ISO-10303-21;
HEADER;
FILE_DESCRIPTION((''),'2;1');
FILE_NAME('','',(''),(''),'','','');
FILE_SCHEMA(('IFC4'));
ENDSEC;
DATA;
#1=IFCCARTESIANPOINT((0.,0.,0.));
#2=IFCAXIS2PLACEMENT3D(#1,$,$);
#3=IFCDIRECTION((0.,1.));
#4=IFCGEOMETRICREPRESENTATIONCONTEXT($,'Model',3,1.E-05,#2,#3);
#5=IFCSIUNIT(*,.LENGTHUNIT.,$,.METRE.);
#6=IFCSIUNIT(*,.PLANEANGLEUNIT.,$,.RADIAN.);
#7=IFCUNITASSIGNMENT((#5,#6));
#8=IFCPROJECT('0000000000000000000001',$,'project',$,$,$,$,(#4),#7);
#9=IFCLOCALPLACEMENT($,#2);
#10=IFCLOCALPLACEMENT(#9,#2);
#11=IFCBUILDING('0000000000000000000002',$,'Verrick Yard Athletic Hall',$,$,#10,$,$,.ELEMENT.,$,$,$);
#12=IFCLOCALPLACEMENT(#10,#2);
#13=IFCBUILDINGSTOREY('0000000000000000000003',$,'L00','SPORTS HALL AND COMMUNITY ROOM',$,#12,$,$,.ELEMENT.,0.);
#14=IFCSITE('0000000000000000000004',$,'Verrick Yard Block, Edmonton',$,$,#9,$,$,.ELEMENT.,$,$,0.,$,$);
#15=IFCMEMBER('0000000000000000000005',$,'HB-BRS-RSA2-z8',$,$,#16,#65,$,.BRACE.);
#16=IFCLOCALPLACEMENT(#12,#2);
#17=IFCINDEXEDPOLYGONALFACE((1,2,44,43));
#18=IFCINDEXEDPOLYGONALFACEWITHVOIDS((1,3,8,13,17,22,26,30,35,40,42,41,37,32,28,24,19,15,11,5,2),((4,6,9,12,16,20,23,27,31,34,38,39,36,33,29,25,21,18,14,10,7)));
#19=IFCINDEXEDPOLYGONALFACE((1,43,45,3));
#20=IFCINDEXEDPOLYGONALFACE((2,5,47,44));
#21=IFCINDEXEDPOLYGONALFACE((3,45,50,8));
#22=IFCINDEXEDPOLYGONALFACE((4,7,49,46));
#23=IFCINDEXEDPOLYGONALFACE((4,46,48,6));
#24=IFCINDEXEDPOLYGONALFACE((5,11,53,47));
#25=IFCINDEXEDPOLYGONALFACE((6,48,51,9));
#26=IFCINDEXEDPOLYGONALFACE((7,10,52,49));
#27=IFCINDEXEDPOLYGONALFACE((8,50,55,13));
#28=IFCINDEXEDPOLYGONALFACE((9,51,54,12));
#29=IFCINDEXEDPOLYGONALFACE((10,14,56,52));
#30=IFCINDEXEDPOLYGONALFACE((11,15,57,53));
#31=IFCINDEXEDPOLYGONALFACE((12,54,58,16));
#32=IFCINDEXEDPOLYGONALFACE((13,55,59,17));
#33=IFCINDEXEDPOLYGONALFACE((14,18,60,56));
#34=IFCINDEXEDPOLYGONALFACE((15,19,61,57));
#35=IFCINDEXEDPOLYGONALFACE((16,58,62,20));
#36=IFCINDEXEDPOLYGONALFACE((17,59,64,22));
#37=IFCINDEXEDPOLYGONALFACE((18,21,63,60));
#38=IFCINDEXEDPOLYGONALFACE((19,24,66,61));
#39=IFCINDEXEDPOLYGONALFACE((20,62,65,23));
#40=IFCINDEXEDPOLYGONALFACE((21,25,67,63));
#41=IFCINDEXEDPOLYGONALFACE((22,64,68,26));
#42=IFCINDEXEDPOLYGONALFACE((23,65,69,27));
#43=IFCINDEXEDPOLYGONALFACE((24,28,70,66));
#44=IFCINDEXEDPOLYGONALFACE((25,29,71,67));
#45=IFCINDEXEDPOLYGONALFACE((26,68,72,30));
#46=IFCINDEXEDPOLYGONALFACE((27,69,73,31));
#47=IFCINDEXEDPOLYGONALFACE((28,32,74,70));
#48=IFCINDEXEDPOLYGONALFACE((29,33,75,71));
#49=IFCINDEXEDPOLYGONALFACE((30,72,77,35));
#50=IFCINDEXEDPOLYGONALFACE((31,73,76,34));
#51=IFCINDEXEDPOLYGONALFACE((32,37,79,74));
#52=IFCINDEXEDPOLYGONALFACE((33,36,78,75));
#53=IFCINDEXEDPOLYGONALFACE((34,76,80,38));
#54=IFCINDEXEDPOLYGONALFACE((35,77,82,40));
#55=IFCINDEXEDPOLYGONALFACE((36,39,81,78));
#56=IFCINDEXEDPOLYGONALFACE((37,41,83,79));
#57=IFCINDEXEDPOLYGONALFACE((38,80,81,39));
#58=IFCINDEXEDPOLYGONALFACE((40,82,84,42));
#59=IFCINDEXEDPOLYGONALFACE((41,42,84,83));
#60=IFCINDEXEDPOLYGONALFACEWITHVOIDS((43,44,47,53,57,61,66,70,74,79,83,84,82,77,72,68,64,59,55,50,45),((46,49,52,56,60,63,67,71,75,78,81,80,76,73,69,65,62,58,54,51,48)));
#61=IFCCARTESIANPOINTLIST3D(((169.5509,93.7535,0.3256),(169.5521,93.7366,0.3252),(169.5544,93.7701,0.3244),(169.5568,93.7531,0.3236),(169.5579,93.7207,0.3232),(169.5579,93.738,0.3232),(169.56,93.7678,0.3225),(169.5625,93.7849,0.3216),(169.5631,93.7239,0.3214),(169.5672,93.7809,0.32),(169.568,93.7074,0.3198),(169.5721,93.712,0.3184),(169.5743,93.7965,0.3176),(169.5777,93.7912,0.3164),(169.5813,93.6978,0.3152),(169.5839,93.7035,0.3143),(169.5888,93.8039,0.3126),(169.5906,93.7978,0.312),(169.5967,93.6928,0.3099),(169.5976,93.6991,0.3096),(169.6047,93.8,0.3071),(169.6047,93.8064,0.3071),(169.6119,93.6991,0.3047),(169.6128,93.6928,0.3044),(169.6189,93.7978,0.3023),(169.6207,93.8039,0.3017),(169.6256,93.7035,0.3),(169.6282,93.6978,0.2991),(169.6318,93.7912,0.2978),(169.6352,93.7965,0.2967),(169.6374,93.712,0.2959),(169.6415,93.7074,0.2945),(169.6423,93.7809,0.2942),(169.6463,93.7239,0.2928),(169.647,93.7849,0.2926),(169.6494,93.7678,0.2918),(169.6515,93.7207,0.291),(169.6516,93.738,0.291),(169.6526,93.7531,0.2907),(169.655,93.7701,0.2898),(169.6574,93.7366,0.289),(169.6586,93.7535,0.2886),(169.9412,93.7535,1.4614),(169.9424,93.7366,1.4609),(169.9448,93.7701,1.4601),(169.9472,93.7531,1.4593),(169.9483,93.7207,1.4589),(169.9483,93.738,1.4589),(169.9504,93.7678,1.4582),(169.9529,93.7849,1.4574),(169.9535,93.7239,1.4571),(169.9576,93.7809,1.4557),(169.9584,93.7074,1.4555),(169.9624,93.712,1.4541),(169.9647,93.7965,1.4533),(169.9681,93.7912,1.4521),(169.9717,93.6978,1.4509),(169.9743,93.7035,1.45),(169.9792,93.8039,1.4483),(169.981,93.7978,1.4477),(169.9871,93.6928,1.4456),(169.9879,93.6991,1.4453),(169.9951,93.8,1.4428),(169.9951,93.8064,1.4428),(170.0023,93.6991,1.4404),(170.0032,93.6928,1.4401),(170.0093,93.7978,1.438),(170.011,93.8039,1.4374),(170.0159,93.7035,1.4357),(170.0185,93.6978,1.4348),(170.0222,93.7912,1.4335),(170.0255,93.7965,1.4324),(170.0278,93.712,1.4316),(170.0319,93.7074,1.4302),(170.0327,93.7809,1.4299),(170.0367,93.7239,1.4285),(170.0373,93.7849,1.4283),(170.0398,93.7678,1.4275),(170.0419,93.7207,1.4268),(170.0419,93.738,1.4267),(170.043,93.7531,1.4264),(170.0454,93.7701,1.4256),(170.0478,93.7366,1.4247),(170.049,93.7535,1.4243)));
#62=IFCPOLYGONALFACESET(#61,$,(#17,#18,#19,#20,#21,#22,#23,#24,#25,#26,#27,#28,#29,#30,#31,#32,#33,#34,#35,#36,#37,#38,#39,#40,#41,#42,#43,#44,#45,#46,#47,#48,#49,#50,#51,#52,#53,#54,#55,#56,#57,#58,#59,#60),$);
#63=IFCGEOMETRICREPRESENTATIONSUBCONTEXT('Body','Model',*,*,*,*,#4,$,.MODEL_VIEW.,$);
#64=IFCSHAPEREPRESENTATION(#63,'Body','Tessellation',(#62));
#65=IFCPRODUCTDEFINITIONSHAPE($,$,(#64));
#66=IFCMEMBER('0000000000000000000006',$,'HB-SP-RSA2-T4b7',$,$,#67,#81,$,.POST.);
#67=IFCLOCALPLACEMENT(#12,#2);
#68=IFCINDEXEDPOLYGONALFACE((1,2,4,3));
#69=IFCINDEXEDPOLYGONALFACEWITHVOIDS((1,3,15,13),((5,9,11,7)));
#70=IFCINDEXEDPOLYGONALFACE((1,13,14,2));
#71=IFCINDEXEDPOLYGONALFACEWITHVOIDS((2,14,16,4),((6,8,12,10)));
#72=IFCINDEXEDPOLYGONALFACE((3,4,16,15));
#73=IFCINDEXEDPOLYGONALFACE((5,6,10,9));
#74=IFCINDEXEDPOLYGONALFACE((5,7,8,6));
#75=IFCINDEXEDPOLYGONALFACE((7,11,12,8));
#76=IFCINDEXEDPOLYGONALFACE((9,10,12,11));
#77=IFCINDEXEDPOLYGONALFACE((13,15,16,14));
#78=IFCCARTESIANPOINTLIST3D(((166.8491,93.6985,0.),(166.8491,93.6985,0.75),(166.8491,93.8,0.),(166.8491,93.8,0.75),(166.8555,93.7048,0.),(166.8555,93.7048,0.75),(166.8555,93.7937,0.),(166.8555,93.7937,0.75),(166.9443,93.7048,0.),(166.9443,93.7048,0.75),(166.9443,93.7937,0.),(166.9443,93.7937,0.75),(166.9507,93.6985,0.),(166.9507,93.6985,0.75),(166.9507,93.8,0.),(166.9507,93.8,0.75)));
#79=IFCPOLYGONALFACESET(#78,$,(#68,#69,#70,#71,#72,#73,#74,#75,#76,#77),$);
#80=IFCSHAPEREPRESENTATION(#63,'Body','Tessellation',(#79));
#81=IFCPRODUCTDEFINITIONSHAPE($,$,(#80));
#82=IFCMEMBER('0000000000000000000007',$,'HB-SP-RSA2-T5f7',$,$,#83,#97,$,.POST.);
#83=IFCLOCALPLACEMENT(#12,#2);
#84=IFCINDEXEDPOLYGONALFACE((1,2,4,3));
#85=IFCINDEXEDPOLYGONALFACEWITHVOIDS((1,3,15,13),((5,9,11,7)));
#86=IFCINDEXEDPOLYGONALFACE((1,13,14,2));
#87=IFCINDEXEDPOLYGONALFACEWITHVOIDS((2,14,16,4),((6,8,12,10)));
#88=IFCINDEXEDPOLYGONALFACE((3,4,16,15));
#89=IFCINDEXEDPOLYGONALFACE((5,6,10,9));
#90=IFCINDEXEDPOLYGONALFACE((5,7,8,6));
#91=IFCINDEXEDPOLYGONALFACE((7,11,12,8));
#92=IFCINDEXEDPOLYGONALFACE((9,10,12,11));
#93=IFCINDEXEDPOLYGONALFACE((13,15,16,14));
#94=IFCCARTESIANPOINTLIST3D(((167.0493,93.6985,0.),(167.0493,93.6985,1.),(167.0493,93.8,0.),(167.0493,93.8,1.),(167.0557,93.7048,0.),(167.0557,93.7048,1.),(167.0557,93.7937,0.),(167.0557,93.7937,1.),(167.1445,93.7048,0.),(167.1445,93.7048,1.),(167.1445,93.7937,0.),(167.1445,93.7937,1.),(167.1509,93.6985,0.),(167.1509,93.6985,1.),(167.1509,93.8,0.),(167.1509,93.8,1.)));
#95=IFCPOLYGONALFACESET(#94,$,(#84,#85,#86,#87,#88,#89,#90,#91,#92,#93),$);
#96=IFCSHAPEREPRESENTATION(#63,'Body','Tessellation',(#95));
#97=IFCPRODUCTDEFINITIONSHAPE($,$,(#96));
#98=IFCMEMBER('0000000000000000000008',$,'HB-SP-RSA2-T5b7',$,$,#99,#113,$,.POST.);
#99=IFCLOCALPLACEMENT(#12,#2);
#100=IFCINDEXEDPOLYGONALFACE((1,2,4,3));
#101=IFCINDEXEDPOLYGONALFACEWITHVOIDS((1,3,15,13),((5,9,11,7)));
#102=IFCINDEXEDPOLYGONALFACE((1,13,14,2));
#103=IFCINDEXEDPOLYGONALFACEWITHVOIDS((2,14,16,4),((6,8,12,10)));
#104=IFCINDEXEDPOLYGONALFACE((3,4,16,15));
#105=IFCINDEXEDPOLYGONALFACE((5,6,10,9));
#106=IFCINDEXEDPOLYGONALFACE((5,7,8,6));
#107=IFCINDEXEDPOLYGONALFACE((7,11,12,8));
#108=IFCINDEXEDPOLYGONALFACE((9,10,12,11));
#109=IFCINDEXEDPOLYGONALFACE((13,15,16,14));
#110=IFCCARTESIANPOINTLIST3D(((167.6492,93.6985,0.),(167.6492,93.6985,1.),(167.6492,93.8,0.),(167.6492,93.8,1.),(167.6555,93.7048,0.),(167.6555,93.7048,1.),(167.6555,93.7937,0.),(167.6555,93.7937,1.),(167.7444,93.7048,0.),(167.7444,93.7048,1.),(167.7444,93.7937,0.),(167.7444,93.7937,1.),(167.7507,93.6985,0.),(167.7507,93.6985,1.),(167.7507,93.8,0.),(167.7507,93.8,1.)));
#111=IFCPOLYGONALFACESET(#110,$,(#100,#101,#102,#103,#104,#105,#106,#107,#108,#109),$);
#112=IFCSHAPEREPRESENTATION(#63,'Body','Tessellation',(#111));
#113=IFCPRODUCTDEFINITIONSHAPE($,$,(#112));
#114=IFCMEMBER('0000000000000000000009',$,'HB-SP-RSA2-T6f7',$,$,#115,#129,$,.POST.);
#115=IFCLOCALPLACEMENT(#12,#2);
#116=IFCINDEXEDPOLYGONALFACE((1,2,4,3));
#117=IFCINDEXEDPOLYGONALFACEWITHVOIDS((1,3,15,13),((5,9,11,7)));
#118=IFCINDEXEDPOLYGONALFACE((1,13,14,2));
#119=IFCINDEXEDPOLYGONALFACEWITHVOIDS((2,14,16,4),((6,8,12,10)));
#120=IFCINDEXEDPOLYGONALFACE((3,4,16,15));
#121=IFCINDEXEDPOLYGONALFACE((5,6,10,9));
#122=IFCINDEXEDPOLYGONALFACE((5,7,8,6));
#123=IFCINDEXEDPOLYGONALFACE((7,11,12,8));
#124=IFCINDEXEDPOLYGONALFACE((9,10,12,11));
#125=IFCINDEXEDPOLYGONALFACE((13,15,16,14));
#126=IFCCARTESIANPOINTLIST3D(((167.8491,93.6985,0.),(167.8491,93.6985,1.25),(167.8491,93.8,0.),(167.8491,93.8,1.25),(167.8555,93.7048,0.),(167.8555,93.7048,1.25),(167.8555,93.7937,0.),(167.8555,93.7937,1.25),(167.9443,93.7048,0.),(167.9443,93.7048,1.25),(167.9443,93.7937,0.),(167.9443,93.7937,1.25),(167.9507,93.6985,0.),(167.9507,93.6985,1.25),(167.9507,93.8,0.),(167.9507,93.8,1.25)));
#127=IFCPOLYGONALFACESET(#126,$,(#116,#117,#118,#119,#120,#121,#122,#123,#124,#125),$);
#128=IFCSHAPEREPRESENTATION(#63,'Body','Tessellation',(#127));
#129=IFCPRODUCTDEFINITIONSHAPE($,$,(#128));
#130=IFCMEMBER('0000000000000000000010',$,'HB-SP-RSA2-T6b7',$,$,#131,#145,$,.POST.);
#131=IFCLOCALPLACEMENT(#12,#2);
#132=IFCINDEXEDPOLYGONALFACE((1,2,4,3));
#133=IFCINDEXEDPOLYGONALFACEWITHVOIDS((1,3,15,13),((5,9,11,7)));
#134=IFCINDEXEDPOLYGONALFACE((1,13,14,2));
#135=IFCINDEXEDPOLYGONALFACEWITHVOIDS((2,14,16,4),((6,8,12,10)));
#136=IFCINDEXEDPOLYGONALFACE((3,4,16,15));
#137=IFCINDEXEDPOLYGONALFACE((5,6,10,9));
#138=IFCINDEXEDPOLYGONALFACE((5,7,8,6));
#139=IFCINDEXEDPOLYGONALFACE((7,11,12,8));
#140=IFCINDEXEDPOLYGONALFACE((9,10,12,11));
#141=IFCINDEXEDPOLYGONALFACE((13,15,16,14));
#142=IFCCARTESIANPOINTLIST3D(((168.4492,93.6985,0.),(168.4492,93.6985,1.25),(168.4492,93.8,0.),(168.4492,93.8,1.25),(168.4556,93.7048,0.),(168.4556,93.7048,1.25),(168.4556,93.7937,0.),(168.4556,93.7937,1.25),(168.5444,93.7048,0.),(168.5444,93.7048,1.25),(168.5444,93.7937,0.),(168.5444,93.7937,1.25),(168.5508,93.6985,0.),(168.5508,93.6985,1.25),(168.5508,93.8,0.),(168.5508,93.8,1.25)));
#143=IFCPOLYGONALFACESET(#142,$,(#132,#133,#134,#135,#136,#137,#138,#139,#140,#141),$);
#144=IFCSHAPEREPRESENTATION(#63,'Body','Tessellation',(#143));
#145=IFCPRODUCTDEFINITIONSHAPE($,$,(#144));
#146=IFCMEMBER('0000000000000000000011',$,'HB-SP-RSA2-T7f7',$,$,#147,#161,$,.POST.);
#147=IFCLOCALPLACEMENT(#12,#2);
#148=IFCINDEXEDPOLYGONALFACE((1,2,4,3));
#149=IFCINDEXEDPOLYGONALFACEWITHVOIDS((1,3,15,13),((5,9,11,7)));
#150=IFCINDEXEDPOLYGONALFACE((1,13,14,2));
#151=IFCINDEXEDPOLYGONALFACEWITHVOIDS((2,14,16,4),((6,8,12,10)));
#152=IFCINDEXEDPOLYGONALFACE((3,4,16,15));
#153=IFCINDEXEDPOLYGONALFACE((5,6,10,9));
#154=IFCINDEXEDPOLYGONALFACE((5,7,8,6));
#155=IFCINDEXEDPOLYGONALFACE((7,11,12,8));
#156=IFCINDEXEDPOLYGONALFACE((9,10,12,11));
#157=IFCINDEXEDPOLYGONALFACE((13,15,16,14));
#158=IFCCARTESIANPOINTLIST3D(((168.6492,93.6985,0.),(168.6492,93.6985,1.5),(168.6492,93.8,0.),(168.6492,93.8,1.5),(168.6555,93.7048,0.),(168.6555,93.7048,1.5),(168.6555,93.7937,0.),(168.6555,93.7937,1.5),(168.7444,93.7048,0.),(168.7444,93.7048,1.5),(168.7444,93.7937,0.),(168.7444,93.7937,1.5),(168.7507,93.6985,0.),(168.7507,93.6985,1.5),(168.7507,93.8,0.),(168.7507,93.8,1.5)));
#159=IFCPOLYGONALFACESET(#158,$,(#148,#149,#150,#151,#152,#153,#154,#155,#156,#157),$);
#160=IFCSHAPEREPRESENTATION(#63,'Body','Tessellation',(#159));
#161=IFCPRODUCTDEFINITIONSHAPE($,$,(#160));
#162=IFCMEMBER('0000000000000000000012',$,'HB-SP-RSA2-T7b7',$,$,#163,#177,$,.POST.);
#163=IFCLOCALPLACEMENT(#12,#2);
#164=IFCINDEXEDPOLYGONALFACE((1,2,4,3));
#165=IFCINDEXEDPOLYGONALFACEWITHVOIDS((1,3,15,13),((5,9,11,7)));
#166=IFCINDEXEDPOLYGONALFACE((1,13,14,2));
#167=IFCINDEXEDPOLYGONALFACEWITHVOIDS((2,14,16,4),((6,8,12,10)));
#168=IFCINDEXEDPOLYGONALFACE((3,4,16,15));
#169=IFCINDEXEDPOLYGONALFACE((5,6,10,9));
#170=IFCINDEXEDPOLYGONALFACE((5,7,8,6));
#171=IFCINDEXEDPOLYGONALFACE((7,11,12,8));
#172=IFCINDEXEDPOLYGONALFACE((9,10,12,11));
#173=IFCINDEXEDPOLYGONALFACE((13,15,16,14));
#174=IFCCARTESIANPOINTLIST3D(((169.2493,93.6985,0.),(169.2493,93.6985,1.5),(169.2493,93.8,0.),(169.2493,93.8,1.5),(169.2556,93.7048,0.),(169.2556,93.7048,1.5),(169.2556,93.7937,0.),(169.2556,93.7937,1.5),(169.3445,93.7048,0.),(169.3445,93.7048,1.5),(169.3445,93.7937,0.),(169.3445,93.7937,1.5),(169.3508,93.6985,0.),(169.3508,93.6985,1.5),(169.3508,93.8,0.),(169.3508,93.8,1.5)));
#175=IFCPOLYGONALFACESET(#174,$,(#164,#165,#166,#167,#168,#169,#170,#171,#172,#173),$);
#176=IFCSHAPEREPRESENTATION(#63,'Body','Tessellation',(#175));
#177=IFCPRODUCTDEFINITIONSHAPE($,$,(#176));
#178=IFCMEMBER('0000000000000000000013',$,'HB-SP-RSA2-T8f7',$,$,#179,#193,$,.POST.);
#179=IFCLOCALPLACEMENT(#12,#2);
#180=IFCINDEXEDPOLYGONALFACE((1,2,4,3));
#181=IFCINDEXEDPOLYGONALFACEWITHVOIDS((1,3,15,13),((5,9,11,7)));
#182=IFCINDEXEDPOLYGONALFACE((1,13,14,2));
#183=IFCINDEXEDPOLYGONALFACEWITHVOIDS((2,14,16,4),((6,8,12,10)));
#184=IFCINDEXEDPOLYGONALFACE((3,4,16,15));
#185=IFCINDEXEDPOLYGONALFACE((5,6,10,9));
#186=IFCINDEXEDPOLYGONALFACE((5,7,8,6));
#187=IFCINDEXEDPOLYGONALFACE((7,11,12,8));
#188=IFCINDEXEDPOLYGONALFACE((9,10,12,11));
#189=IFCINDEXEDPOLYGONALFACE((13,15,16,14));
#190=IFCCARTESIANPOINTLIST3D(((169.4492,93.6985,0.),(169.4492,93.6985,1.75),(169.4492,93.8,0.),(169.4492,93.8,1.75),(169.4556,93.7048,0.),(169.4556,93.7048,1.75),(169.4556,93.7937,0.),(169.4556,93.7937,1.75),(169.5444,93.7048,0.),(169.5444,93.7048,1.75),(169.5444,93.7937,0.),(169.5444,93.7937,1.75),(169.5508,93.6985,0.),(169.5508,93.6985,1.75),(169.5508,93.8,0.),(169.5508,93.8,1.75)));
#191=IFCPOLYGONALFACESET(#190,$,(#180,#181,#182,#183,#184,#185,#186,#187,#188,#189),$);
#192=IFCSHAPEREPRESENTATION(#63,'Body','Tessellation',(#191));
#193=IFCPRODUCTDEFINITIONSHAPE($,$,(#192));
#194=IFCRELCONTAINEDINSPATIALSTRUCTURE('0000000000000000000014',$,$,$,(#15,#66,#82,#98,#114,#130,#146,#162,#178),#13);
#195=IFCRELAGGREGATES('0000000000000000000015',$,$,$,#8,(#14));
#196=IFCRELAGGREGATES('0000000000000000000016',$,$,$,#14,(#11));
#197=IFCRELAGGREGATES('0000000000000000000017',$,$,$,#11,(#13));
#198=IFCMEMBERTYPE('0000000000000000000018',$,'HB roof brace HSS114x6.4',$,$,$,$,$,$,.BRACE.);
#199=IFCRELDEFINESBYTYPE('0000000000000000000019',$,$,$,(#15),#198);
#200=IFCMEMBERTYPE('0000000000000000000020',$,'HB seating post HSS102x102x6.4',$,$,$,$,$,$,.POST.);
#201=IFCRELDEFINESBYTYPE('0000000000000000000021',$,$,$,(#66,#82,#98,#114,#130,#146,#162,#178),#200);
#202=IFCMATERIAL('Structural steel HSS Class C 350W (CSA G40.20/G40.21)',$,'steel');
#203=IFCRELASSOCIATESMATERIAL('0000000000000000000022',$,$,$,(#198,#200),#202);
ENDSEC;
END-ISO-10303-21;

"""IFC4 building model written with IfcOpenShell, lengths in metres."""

from ifc_helpers import new_model, si_unit, direction, frame, origin, origin_2d, place, context, subcontext, project, spatial, hollow_rectangle, hollow_circle, extrude, material, material_profile, profile_set, type_object, element, save


model = new_model("IFC4")

# Units and contexts
model_context = context("Model", 3, precision=1e-05, world=origin(), true_north=direction((0.0, 1.0)))
body_context = subcontext(model_context, "Body", "Model", "MODEL_VIEW")
ifc_project = project(units=[si_unit("LENGTHUNIT", "METRE"), si_unit("PLANEANGLEUNIT", "RADIAN")], contexts=[model_context])

# Site, building, storey
site_placement = place(None, origin())
site = spatial("IfcSite", under=ifc_project, at=site_placement, Name="Verrick Yard Block, Edmonton", CompositionType="ELEMENT", RefElevation=0.0)
building_placement = place(site_placement, origin())
building = spatial("IfcBuilding", under=site, at=building_placement, Name="Verrick Yard Athletic Hall", CompositionType="ELEMENT")
storey_placement = place(building_placement, origin())
storey = spatial("IfcBuildingStorey", under=building, at=storey_placement, Name="L00", Description="SPORTS HALL AND COMMUNITY ROOM", CompositionType="ELEMENT", Elevation=0.0)

# Members
ifc_material_1 = material(Name="Structural steel HSS Class C 350W (CSA G40.20/G40.21)", Category="steel")
ifc_material_profile_1 = material_profile(ifc_material_1, hollow_circle(Radius=0.0571, WallThickness=0.0063, at=origin_2d()), Name="HSS114x6.4")
ifc_profile_set_1 = profile_set([ifc_material_profile_1], Name="Structural steel HSS Class C 350W (CSA G40.20/G40.21)")
member_type_1 = type_object("IfcMemberType", Name="HB roof brace HSS114x6.4", PredefinedType="BRACE", material=ifc_profile_set_1)
member_1_placement = place(storey_placement, frame((169.6047, 93.7493, 0.3071), z_axis=(0.325057, 0.0, 0.945694), x_axis=(0.0, 1.0, 0.0)))
element("IfcMember", 1, at=member_1_placement, inside=storey, type_object=member_type_1, Name="HB-BRS-RSA2-z8", PredefinedType="BRACE", context=body_context, shape_type="SweptSolid", body=[
    extrude(hollow_circle(Radius=0.0571, WallThickness=0.0063, at=origin_2d()), origin(), (0.0, 0.0, 1.0), 1.2009),
])
ifc_material_profile_2 = material_profile(ifc_material_1, hollow_rectangle(XDim=0.1016, YDim=0.1016, WallThickness=0.0063, at=origin_2d()), Name="HSS102x102x6.4")
ifc_profile_set_2 = profile_set([ifc_material_profile_2], Name="Structural steel HSS Class C 350W (CSA G40.20/G40.21)")
member_type_2 = type_object("IfcMemberType", Name="HB seating post HSS102x102x6.4", PredefinedType="POST", material=ifc_profile_set_2)
member_2_placement = place(storey_placement, frame((166.8999, 93.7493, 0.0), z_axis=(0.0, 0.0, 1.0), x_axis=(0.0, 1.0, 0.0)))
element("IfcMember", 2, at=member_2_placement, inside=storey, type_object=member_type_2, Name="HB-SP-RSA2-T4b7", PredefinedType="POST", context=body_context, shape_type="SweptSolid", body=[
    extrude(hollow_rectangle(XDim=0.1016, YDim=0.1016, WallThickness=0.0063, at=origin_2d()), origin(), (0.0, 0.0, 1.0), 0.75),
])
for number, where, z_axis, x_axis, name in (
    (3, (167.1001, 93.7493, 0.0), (0.0, 0.0, 1.0), (0.0, 1.0, 0.0), "HB-SP-RSA2-T5f7"),
    (4, (167.7, 93.7493, 0.0), (0.0, 0.0, 1.0), (0.0, 1.0, 0.0), "HB-SP-RSA2-T5b7"),
):
    element("IfcMember", number, at=place(storey_placement, frame(where, z_axis=z_axis, x_axis=x_axis)), inside=storey, type_object=member_type_2, Name=name, PredefinedType="POST", context=body_context, shape_type="SweptSolid", body=[
        extrude(hollow_rectangle(XDim=0.1016, YDim=0.1016, WallThickness=0.0063, at=origin_2d()), origin(), (0.0, 0.0, 1.0), 1.0),
    ])
for number, where, z_axis, x_axis, name in (
    (5, (167.8999, 93.7493, 0.0), (0.0, 0.0, 1.0), (0.0, 1.0, 0.0), "HB-SP-RSA2-T6f7"),
    (6, (168.5, 93.7493, 0.0), (0.0, 0.0, 1.0), (0.0, 1.0, 0.0), "HB-SP-RSA2-T6b7"),
):
    element("IfcMember", number, at=place(storey_placement, frame(where, z_axis=z_axis, x_axis=x_axis)), inside=storey, type_object=member_type_2, Name=name, PredefinedType="POST", context=body_context, shape_type="SweptSolid", body=[
        extrude(hollow_rectangle(XDim=0.1016, YDim=0.1016, WallThickness=0.0063, at=origin_2d()), origin(), (0.0, 0.0, 1.0), 1.25),
    ])
for number, where, z_axis, x_axis, name in (
    (7, (168.7, 93.7493, 0.0), (0.0, 0.0, 1.0), (0.0, 1.0, 0.0), "HB-SP-RSA2-T7f7"),
    (8, (169.3, 93.7493, 0.0), (0.0, 0.0, 1.0), (0.0, 1.0, 0.0), "HB-SP-RSA2-T7b7"),
):
    element("IfcMember", number, at=place(storey_placement, frame(where, z_axis=z_axis, x_axis=x_axis)), inside=storey, type_object=member_type_2, Name=name, PredefinedType="POST", context=body_context, shape_type="SweptSolid", body=[
        extrude(hollow_rectangle(XDim=0.1016, YDim=0.1016, WallThickness=0.0063, at=origin_2d()), origin(), (0.0, 0.0, 1.0), 1.5),
    ])
for number, where, z_axis, x_axis, name in (
    (9, (169.5, 93.7493, 0.0), (0.0, 0.0, 1.0), (0.0, 1.0, 0.0), "HB-SP-RSA2-T8f7"),
):
    element("IfcMember", number, at=place(storey_placement, frame(where, z_axis=z_axis, x_axis=x_axis)), inside=storey, type_object=member_type_2, Name=name, PredefinedType="POST", context=body_context, shape_type="SweptSolid", body=[
        extrude(hollow_rectangle(XDim=0.1016, YDim=0.1016, WallThickness=0.0063, at=origin_2d()), origin(), (0.0, 0.0, 1.0), 1.75),
    ])

save(model, "model.ifc")
